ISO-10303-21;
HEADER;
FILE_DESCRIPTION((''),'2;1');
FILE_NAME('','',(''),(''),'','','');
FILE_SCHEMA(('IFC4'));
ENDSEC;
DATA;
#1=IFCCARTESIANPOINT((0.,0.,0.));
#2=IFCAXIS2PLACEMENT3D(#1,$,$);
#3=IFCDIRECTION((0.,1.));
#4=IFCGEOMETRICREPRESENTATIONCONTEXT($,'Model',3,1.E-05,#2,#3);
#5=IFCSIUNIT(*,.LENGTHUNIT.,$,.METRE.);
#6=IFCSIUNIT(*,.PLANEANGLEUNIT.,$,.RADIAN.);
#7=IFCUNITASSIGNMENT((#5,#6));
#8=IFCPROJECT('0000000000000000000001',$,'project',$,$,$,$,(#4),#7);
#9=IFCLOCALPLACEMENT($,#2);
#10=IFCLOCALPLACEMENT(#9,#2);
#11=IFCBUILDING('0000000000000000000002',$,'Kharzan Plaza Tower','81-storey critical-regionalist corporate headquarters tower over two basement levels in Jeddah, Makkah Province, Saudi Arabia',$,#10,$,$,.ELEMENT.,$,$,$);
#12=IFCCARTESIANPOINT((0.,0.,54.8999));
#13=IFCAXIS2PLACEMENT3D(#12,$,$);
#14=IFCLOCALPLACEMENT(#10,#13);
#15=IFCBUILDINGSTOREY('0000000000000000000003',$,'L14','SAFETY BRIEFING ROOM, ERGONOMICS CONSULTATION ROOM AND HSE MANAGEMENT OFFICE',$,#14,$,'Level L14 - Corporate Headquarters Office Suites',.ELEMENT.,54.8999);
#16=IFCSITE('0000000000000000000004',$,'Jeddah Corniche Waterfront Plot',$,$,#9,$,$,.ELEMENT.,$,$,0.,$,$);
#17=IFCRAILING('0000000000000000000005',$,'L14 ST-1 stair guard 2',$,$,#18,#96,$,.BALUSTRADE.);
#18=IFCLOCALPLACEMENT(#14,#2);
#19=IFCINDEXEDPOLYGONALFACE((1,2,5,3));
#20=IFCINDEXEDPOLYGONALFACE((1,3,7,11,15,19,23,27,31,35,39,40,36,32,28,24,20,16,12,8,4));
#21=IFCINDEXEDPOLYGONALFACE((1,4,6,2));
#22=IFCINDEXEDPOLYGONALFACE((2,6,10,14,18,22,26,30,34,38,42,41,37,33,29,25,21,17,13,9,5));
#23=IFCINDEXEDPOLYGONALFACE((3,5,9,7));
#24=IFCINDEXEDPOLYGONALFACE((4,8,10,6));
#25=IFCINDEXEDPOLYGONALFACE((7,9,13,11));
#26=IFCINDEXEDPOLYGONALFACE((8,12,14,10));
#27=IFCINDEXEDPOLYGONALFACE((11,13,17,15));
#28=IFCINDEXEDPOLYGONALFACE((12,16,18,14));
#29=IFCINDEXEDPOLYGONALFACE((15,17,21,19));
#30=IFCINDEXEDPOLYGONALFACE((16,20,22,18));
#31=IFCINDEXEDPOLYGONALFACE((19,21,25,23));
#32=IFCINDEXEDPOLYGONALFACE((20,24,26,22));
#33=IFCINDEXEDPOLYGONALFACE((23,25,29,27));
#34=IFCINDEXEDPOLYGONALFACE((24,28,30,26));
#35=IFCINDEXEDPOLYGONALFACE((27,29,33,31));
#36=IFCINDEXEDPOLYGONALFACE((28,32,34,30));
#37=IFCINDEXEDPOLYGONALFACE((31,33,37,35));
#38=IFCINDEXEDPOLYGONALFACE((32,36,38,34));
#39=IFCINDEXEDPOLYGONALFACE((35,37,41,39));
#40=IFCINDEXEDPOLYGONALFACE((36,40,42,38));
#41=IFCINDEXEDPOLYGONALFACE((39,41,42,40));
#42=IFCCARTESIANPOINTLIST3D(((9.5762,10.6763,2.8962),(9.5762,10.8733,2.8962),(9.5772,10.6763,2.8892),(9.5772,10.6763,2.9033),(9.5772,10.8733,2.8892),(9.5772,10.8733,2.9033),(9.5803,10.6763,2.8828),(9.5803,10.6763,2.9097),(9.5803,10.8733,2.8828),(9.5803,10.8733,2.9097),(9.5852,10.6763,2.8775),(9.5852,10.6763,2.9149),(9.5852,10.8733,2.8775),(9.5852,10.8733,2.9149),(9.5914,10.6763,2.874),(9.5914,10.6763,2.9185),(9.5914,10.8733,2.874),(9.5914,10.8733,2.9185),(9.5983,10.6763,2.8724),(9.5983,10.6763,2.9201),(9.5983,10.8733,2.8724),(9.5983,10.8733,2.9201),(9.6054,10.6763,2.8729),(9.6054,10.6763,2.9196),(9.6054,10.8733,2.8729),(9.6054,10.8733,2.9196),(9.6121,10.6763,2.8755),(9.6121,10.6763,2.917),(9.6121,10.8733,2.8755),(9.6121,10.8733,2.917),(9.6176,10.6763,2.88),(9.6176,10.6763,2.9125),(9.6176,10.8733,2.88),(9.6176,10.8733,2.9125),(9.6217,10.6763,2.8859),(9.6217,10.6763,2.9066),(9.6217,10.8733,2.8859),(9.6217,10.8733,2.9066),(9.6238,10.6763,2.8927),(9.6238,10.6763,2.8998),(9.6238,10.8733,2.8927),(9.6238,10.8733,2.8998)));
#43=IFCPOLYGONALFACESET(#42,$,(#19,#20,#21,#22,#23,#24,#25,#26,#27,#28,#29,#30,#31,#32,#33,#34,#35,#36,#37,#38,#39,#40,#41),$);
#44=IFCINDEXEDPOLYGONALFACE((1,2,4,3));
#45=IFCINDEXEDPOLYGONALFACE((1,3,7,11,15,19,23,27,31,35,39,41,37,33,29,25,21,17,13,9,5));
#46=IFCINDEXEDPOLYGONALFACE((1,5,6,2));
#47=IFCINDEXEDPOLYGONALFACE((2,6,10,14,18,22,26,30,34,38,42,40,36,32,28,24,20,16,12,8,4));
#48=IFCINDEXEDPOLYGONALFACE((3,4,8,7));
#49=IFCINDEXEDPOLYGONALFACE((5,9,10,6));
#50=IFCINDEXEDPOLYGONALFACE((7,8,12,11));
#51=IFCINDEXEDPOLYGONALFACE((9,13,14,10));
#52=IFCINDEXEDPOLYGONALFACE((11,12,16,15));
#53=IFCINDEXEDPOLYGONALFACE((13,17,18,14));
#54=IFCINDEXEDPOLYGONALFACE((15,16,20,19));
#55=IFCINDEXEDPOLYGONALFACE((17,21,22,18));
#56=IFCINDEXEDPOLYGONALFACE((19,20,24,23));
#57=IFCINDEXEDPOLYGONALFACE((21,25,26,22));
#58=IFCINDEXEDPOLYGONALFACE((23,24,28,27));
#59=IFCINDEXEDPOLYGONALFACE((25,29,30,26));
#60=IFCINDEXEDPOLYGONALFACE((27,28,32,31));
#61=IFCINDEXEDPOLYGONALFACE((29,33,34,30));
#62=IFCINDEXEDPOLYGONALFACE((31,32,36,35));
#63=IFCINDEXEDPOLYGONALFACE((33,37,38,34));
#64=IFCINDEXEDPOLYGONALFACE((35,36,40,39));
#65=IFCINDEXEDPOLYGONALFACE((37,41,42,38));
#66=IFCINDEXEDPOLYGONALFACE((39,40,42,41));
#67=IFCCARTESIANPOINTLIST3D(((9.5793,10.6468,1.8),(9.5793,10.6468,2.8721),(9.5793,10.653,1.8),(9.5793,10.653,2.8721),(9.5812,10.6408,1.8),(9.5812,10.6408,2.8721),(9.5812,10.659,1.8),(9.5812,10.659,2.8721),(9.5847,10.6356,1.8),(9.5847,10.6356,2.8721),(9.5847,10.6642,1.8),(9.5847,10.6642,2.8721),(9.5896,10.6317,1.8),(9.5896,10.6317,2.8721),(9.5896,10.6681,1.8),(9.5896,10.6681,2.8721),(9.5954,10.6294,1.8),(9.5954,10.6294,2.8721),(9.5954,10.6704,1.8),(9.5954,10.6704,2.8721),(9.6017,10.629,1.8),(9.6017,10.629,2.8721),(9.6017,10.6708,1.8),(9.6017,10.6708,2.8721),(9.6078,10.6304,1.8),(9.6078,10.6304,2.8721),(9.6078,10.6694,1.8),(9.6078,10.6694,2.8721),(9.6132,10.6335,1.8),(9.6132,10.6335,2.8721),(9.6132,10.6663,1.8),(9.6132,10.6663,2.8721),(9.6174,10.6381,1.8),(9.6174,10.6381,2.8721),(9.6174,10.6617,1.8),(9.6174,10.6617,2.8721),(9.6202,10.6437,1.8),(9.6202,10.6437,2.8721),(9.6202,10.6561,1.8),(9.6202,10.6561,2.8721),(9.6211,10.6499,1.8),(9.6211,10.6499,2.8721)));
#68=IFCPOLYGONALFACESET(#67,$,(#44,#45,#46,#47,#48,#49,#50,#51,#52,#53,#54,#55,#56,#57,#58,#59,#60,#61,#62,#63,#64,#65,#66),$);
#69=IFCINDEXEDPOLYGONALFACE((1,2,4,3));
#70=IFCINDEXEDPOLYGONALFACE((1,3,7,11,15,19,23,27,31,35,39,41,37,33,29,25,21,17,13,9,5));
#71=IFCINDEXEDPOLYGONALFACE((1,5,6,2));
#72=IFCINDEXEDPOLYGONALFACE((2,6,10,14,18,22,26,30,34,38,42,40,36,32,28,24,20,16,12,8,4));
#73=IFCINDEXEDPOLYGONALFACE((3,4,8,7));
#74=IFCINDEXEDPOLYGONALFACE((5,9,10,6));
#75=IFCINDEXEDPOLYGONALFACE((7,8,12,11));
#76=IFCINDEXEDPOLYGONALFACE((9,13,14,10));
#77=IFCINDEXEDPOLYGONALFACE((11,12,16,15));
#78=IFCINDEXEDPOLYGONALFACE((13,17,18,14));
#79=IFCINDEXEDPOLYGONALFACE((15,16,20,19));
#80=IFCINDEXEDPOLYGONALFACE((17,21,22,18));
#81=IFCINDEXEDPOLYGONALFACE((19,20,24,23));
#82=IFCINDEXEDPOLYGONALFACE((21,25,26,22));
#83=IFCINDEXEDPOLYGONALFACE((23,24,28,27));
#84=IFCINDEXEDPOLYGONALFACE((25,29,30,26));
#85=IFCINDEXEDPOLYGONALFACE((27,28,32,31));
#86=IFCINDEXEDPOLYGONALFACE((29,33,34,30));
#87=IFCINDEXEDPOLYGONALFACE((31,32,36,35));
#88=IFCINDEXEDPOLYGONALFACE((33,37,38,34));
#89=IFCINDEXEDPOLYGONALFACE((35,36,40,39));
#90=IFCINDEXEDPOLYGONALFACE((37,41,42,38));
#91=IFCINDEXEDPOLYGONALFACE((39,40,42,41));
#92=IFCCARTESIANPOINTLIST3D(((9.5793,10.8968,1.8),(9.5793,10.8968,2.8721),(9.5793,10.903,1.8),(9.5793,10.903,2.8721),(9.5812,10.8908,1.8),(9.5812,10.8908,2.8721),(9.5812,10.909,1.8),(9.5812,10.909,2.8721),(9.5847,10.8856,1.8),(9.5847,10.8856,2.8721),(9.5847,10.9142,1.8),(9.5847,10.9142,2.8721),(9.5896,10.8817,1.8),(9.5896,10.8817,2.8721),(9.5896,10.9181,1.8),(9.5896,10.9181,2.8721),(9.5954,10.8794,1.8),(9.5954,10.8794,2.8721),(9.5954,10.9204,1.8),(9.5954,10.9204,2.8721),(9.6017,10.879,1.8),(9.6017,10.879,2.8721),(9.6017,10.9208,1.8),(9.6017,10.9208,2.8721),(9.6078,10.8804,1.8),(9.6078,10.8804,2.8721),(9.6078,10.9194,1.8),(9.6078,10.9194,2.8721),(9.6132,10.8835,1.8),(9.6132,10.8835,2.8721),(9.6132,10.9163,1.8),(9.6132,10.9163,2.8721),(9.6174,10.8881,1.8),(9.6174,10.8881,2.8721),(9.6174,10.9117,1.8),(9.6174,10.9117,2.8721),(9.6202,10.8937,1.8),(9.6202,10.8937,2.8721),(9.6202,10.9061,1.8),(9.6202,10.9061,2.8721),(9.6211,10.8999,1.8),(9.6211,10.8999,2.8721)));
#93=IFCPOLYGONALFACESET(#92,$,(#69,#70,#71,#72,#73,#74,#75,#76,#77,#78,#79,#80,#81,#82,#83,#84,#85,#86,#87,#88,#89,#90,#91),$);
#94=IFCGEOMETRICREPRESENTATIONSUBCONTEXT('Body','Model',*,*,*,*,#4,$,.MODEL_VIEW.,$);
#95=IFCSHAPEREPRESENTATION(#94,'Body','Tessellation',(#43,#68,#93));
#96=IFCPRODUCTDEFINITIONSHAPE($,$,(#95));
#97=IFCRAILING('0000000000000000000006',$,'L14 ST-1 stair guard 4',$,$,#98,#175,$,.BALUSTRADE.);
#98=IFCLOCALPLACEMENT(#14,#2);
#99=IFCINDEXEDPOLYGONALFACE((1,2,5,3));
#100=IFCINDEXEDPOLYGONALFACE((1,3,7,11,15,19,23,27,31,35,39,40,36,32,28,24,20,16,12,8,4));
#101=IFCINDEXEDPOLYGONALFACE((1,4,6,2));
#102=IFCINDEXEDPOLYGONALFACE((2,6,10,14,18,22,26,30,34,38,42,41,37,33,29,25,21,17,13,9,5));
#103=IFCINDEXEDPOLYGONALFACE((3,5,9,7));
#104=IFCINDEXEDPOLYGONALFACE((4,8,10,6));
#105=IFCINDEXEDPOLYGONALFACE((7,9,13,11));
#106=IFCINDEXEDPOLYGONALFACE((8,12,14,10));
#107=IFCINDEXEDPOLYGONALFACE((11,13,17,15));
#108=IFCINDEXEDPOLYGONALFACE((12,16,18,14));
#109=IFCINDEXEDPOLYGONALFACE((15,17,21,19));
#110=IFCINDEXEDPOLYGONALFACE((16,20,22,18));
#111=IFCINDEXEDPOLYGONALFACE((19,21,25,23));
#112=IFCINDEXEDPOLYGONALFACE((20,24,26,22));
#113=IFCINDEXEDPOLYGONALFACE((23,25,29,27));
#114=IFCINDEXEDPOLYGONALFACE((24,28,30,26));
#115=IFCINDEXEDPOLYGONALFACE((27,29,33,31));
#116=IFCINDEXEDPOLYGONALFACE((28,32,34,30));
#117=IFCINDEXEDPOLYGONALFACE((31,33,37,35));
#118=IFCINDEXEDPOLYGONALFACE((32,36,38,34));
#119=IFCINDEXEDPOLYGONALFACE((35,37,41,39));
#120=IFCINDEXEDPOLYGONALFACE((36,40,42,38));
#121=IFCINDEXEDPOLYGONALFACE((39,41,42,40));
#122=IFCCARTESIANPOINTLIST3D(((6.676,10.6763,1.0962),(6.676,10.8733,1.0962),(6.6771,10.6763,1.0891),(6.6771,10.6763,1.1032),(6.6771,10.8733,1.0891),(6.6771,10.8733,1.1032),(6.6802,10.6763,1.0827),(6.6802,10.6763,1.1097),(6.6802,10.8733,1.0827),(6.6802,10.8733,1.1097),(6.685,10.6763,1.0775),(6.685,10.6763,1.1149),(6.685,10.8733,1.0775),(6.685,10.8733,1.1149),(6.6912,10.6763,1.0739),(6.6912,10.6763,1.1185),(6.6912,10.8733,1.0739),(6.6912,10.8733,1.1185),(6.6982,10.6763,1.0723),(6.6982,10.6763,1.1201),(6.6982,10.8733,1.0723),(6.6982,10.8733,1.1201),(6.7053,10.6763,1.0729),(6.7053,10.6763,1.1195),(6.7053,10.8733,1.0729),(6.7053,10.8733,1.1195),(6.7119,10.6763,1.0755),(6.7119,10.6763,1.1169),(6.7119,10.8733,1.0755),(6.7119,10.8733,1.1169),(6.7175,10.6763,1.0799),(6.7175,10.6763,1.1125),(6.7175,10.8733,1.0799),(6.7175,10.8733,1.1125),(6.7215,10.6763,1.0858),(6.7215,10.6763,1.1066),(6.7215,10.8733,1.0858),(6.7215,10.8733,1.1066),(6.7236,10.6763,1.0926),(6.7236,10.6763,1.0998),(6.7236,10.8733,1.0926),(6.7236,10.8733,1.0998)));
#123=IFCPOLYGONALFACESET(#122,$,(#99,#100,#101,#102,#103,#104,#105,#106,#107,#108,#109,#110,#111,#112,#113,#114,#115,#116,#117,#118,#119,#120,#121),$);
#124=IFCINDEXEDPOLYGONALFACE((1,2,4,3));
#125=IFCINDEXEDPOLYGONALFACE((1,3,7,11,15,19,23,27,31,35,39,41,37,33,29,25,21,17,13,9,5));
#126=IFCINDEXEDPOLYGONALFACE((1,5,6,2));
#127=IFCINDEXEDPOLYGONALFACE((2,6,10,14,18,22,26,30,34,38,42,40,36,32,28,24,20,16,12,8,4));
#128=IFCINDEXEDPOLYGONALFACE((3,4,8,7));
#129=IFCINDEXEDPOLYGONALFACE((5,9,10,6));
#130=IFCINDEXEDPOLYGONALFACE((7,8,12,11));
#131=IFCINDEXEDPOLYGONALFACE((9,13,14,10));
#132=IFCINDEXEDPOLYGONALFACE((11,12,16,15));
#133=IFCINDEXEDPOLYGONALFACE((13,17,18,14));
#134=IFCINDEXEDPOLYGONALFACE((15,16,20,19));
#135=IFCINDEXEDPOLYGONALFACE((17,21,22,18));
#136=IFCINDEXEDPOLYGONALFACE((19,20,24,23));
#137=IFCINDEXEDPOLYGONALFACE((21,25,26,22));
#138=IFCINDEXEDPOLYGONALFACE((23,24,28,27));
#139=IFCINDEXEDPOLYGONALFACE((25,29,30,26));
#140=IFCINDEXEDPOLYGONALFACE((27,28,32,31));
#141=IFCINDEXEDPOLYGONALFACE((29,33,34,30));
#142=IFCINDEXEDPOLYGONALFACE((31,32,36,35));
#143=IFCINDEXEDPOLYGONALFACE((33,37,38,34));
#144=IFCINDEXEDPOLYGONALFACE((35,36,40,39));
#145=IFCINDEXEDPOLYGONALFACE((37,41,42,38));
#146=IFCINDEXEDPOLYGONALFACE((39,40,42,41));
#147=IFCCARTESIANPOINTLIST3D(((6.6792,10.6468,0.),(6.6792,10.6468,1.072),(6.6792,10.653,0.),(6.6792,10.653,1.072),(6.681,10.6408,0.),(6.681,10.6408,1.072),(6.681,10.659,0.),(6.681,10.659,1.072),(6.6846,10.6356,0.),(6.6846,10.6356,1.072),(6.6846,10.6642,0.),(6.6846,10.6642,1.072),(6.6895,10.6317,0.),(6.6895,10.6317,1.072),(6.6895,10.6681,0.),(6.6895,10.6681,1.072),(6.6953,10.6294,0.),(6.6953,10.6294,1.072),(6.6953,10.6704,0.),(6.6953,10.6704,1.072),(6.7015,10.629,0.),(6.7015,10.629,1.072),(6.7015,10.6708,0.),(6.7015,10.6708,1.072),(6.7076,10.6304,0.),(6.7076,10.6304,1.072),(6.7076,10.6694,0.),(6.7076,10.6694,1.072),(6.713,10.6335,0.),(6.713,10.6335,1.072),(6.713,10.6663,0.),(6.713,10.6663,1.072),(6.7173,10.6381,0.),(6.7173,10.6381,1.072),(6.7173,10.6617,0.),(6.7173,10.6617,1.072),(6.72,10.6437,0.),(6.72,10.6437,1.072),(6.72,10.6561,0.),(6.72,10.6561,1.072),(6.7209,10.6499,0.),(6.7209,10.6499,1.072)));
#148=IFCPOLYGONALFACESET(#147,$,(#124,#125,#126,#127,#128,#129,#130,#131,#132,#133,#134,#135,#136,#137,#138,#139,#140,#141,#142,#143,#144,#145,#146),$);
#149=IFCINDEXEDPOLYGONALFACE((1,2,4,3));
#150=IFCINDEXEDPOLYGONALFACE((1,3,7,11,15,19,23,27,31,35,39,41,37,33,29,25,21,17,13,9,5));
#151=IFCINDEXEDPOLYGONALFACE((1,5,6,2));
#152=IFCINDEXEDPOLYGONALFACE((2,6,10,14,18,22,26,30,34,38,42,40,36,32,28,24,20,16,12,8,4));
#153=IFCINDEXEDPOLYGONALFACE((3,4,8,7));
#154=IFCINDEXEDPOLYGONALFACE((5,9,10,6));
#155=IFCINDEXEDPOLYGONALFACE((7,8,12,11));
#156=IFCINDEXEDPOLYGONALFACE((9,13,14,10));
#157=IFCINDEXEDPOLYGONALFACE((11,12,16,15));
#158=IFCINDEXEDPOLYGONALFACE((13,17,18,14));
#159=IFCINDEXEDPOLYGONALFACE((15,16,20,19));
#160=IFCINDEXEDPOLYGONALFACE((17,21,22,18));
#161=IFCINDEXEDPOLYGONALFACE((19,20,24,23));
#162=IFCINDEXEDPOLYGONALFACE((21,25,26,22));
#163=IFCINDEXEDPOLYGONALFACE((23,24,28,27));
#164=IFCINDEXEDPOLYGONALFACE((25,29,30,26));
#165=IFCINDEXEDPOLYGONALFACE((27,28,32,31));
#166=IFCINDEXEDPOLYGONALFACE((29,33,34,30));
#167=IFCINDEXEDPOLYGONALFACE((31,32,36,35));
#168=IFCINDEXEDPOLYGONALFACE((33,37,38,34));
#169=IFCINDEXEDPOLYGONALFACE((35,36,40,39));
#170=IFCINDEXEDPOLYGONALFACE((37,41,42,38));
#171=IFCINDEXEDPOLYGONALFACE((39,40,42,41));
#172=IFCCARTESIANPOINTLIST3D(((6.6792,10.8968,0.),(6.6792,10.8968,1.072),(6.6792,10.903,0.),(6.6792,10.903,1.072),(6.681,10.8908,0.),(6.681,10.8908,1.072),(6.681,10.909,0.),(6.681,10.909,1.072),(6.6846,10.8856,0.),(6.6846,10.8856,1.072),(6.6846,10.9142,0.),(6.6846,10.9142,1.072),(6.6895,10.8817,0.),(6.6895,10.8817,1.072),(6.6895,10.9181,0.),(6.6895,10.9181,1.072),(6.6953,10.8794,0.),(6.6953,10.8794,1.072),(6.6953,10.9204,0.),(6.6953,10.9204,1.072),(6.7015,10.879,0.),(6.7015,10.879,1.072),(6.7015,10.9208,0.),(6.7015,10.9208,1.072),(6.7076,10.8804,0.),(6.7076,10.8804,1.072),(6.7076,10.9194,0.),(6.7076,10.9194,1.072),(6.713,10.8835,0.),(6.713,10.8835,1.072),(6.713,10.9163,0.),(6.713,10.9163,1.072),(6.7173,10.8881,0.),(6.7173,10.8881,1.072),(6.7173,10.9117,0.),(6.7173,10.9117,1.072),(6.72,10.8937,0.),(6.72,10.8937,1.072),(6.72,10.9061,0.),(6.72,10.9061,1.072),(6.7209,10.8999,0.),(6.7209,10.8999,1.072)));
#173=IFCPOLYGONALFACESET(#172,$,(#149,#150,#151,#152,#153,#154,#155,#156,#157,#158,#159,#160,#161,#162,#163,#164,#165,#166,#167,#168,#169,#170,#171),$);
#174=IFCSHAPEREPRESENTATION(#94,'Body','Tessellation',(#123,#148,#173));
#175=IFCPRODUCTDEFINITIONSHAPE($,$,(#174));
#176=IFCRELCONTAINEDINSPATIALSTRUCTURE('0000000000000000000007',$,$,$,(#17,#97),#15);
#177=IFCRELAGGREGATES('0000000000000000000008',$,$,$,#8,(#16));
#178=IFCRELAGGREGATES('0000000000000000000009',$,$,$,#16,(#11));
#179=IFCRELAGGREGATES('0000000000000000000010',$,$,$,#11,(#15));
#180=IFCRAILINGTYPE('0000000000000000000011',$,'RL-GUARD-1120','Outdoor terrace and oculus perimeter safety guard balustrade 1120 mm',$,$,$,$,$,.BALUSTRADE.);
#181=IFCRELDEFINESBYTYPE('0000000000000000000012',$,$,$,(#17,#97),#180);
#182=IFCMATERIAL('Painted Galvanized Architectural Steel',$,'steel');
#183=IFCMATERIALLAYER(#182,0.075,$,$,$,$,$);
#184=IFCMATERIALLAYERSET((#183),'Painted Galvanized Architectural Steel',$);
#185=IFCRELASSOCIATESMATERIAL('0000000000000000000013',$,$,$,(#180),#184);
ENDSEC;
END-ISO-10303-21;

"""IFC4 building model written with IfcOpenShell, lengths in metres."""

from ifc_helpers import new_model, si_unit, direction, frame, origin, origin_2d, place, context, subcontext, project, spatial, circle, extrude, source, transform, mapped, material, layer, layer_set, type_object, element, save


model = new_model("IFC4")

# Units and contexts
model_context = context("Model", 3, precision=1e-05, world=origin(), true_north=direction((0.0, 1.0)))
body_context = subcontext(model_context, "Body", "Model", "MODEL_VIEW")
ifc_project = project(units=[si_unit("LENGTHUNIT", "METRE"), si_unit("PLANEANGLEUNIT", "RADIAN")], contexts=[model_context])

# Site, building, storey
site_placement = place(None, origin())
site = spatial("IfcSite", under=ifc_project, at=site_placement, Name="Jeddah Corniche Waterfront Plot", CompositionType="ELEMENT", RefElevation=0.0)
building_placement = place(site_placement, origin())
building = spatial("IfcBuilding", under=site, at=building_placement, Name="Kharzan Plaza Tower", Description="81-storey critical-regionalist corporate headquarters tower over two basement levels in Jeddah, Makkah Province, Saudi Arabia", CompositionType="ELEMENT")
storey_placement = place(building_placement, frame((0.0, 0.0, 54.8999)))
storey = spatial("IfcBuildingStorey", under=building, at=storey_placement, Name="L14", Description="SAFETY BRIEFING ROOM, ERGONOMICS CONSULTATION ROOM AND HSE MANAGEMENT OFFICE", LongName="Level L14 - Corporate Headquarters Office Suites", CompositionType="ELEMENT", Elevation=54.8999)

# Railings
ifc_material_1 = material(Name="Painted Galvanized Architectural Steel", Category="steel")
ifc_layer_1 = layer(ifc_material_1, 0.075)
ifc_layer_set_1 = layer_set([ifc_layer_1], Name="Painted Galvanized Architectural Steel")
railing_type_1 = type_object("IfcRailingType", Name="RL-GUARD-1120", Description="Outdoor terrace and oculus perimeter safety guard balustrade 1120 mm", PredefinedType="BALUSTRADE", material=ifc_layer_set_1)
shared_shape_1 = source(origin(), body_context, "Body", "SweptSolid", [
    extrude(circle(Radius=0.0239, at=origin_2d()), frame((0.0, 0.0264, 1.0962), z_axis=(0.0, 1.0, 0.0), x_axis=(-1.0, 0.0, 0.0)), (0.0, 0.0, 1.0), 0.197),
    extrude(circle(Radius=0.021, at=origin_2d()), origin(), (0.0, 0.0, 1.0), 1.072),
    extrude(circle(Radius=0.021, at=origin_2d()), frame((0.0, 0.25, 0.0)), (0.0, 0.0, 1.0), 1.072),
])
for number, where, name in (
    (1, (9.6001, 10.6499, 1.8), "L14 ST-1 stair guard 2"),
    (2, (6.7, 10.6499, 0.0), "L14 ST-1 stair guard 4"),
):
    element("IfcRailing", number, at=place(storey_placement, frame(where)), inside=storey, type_object=railing_type_1, Name=name, PredefinedType="BALUSTRADE", context=body_context, shape_type="MappedRepresentation", body=[
        mapped(shared_shape_1, transform((0.0, 0.0, 0.0), x_axis=(1.0, 0.0, 0.0), y_axis=(0.0, 1.0, 0.0), z_axis=(0.0, 0.0, 1.0))),
    ])

save(model, "model.ifc")
